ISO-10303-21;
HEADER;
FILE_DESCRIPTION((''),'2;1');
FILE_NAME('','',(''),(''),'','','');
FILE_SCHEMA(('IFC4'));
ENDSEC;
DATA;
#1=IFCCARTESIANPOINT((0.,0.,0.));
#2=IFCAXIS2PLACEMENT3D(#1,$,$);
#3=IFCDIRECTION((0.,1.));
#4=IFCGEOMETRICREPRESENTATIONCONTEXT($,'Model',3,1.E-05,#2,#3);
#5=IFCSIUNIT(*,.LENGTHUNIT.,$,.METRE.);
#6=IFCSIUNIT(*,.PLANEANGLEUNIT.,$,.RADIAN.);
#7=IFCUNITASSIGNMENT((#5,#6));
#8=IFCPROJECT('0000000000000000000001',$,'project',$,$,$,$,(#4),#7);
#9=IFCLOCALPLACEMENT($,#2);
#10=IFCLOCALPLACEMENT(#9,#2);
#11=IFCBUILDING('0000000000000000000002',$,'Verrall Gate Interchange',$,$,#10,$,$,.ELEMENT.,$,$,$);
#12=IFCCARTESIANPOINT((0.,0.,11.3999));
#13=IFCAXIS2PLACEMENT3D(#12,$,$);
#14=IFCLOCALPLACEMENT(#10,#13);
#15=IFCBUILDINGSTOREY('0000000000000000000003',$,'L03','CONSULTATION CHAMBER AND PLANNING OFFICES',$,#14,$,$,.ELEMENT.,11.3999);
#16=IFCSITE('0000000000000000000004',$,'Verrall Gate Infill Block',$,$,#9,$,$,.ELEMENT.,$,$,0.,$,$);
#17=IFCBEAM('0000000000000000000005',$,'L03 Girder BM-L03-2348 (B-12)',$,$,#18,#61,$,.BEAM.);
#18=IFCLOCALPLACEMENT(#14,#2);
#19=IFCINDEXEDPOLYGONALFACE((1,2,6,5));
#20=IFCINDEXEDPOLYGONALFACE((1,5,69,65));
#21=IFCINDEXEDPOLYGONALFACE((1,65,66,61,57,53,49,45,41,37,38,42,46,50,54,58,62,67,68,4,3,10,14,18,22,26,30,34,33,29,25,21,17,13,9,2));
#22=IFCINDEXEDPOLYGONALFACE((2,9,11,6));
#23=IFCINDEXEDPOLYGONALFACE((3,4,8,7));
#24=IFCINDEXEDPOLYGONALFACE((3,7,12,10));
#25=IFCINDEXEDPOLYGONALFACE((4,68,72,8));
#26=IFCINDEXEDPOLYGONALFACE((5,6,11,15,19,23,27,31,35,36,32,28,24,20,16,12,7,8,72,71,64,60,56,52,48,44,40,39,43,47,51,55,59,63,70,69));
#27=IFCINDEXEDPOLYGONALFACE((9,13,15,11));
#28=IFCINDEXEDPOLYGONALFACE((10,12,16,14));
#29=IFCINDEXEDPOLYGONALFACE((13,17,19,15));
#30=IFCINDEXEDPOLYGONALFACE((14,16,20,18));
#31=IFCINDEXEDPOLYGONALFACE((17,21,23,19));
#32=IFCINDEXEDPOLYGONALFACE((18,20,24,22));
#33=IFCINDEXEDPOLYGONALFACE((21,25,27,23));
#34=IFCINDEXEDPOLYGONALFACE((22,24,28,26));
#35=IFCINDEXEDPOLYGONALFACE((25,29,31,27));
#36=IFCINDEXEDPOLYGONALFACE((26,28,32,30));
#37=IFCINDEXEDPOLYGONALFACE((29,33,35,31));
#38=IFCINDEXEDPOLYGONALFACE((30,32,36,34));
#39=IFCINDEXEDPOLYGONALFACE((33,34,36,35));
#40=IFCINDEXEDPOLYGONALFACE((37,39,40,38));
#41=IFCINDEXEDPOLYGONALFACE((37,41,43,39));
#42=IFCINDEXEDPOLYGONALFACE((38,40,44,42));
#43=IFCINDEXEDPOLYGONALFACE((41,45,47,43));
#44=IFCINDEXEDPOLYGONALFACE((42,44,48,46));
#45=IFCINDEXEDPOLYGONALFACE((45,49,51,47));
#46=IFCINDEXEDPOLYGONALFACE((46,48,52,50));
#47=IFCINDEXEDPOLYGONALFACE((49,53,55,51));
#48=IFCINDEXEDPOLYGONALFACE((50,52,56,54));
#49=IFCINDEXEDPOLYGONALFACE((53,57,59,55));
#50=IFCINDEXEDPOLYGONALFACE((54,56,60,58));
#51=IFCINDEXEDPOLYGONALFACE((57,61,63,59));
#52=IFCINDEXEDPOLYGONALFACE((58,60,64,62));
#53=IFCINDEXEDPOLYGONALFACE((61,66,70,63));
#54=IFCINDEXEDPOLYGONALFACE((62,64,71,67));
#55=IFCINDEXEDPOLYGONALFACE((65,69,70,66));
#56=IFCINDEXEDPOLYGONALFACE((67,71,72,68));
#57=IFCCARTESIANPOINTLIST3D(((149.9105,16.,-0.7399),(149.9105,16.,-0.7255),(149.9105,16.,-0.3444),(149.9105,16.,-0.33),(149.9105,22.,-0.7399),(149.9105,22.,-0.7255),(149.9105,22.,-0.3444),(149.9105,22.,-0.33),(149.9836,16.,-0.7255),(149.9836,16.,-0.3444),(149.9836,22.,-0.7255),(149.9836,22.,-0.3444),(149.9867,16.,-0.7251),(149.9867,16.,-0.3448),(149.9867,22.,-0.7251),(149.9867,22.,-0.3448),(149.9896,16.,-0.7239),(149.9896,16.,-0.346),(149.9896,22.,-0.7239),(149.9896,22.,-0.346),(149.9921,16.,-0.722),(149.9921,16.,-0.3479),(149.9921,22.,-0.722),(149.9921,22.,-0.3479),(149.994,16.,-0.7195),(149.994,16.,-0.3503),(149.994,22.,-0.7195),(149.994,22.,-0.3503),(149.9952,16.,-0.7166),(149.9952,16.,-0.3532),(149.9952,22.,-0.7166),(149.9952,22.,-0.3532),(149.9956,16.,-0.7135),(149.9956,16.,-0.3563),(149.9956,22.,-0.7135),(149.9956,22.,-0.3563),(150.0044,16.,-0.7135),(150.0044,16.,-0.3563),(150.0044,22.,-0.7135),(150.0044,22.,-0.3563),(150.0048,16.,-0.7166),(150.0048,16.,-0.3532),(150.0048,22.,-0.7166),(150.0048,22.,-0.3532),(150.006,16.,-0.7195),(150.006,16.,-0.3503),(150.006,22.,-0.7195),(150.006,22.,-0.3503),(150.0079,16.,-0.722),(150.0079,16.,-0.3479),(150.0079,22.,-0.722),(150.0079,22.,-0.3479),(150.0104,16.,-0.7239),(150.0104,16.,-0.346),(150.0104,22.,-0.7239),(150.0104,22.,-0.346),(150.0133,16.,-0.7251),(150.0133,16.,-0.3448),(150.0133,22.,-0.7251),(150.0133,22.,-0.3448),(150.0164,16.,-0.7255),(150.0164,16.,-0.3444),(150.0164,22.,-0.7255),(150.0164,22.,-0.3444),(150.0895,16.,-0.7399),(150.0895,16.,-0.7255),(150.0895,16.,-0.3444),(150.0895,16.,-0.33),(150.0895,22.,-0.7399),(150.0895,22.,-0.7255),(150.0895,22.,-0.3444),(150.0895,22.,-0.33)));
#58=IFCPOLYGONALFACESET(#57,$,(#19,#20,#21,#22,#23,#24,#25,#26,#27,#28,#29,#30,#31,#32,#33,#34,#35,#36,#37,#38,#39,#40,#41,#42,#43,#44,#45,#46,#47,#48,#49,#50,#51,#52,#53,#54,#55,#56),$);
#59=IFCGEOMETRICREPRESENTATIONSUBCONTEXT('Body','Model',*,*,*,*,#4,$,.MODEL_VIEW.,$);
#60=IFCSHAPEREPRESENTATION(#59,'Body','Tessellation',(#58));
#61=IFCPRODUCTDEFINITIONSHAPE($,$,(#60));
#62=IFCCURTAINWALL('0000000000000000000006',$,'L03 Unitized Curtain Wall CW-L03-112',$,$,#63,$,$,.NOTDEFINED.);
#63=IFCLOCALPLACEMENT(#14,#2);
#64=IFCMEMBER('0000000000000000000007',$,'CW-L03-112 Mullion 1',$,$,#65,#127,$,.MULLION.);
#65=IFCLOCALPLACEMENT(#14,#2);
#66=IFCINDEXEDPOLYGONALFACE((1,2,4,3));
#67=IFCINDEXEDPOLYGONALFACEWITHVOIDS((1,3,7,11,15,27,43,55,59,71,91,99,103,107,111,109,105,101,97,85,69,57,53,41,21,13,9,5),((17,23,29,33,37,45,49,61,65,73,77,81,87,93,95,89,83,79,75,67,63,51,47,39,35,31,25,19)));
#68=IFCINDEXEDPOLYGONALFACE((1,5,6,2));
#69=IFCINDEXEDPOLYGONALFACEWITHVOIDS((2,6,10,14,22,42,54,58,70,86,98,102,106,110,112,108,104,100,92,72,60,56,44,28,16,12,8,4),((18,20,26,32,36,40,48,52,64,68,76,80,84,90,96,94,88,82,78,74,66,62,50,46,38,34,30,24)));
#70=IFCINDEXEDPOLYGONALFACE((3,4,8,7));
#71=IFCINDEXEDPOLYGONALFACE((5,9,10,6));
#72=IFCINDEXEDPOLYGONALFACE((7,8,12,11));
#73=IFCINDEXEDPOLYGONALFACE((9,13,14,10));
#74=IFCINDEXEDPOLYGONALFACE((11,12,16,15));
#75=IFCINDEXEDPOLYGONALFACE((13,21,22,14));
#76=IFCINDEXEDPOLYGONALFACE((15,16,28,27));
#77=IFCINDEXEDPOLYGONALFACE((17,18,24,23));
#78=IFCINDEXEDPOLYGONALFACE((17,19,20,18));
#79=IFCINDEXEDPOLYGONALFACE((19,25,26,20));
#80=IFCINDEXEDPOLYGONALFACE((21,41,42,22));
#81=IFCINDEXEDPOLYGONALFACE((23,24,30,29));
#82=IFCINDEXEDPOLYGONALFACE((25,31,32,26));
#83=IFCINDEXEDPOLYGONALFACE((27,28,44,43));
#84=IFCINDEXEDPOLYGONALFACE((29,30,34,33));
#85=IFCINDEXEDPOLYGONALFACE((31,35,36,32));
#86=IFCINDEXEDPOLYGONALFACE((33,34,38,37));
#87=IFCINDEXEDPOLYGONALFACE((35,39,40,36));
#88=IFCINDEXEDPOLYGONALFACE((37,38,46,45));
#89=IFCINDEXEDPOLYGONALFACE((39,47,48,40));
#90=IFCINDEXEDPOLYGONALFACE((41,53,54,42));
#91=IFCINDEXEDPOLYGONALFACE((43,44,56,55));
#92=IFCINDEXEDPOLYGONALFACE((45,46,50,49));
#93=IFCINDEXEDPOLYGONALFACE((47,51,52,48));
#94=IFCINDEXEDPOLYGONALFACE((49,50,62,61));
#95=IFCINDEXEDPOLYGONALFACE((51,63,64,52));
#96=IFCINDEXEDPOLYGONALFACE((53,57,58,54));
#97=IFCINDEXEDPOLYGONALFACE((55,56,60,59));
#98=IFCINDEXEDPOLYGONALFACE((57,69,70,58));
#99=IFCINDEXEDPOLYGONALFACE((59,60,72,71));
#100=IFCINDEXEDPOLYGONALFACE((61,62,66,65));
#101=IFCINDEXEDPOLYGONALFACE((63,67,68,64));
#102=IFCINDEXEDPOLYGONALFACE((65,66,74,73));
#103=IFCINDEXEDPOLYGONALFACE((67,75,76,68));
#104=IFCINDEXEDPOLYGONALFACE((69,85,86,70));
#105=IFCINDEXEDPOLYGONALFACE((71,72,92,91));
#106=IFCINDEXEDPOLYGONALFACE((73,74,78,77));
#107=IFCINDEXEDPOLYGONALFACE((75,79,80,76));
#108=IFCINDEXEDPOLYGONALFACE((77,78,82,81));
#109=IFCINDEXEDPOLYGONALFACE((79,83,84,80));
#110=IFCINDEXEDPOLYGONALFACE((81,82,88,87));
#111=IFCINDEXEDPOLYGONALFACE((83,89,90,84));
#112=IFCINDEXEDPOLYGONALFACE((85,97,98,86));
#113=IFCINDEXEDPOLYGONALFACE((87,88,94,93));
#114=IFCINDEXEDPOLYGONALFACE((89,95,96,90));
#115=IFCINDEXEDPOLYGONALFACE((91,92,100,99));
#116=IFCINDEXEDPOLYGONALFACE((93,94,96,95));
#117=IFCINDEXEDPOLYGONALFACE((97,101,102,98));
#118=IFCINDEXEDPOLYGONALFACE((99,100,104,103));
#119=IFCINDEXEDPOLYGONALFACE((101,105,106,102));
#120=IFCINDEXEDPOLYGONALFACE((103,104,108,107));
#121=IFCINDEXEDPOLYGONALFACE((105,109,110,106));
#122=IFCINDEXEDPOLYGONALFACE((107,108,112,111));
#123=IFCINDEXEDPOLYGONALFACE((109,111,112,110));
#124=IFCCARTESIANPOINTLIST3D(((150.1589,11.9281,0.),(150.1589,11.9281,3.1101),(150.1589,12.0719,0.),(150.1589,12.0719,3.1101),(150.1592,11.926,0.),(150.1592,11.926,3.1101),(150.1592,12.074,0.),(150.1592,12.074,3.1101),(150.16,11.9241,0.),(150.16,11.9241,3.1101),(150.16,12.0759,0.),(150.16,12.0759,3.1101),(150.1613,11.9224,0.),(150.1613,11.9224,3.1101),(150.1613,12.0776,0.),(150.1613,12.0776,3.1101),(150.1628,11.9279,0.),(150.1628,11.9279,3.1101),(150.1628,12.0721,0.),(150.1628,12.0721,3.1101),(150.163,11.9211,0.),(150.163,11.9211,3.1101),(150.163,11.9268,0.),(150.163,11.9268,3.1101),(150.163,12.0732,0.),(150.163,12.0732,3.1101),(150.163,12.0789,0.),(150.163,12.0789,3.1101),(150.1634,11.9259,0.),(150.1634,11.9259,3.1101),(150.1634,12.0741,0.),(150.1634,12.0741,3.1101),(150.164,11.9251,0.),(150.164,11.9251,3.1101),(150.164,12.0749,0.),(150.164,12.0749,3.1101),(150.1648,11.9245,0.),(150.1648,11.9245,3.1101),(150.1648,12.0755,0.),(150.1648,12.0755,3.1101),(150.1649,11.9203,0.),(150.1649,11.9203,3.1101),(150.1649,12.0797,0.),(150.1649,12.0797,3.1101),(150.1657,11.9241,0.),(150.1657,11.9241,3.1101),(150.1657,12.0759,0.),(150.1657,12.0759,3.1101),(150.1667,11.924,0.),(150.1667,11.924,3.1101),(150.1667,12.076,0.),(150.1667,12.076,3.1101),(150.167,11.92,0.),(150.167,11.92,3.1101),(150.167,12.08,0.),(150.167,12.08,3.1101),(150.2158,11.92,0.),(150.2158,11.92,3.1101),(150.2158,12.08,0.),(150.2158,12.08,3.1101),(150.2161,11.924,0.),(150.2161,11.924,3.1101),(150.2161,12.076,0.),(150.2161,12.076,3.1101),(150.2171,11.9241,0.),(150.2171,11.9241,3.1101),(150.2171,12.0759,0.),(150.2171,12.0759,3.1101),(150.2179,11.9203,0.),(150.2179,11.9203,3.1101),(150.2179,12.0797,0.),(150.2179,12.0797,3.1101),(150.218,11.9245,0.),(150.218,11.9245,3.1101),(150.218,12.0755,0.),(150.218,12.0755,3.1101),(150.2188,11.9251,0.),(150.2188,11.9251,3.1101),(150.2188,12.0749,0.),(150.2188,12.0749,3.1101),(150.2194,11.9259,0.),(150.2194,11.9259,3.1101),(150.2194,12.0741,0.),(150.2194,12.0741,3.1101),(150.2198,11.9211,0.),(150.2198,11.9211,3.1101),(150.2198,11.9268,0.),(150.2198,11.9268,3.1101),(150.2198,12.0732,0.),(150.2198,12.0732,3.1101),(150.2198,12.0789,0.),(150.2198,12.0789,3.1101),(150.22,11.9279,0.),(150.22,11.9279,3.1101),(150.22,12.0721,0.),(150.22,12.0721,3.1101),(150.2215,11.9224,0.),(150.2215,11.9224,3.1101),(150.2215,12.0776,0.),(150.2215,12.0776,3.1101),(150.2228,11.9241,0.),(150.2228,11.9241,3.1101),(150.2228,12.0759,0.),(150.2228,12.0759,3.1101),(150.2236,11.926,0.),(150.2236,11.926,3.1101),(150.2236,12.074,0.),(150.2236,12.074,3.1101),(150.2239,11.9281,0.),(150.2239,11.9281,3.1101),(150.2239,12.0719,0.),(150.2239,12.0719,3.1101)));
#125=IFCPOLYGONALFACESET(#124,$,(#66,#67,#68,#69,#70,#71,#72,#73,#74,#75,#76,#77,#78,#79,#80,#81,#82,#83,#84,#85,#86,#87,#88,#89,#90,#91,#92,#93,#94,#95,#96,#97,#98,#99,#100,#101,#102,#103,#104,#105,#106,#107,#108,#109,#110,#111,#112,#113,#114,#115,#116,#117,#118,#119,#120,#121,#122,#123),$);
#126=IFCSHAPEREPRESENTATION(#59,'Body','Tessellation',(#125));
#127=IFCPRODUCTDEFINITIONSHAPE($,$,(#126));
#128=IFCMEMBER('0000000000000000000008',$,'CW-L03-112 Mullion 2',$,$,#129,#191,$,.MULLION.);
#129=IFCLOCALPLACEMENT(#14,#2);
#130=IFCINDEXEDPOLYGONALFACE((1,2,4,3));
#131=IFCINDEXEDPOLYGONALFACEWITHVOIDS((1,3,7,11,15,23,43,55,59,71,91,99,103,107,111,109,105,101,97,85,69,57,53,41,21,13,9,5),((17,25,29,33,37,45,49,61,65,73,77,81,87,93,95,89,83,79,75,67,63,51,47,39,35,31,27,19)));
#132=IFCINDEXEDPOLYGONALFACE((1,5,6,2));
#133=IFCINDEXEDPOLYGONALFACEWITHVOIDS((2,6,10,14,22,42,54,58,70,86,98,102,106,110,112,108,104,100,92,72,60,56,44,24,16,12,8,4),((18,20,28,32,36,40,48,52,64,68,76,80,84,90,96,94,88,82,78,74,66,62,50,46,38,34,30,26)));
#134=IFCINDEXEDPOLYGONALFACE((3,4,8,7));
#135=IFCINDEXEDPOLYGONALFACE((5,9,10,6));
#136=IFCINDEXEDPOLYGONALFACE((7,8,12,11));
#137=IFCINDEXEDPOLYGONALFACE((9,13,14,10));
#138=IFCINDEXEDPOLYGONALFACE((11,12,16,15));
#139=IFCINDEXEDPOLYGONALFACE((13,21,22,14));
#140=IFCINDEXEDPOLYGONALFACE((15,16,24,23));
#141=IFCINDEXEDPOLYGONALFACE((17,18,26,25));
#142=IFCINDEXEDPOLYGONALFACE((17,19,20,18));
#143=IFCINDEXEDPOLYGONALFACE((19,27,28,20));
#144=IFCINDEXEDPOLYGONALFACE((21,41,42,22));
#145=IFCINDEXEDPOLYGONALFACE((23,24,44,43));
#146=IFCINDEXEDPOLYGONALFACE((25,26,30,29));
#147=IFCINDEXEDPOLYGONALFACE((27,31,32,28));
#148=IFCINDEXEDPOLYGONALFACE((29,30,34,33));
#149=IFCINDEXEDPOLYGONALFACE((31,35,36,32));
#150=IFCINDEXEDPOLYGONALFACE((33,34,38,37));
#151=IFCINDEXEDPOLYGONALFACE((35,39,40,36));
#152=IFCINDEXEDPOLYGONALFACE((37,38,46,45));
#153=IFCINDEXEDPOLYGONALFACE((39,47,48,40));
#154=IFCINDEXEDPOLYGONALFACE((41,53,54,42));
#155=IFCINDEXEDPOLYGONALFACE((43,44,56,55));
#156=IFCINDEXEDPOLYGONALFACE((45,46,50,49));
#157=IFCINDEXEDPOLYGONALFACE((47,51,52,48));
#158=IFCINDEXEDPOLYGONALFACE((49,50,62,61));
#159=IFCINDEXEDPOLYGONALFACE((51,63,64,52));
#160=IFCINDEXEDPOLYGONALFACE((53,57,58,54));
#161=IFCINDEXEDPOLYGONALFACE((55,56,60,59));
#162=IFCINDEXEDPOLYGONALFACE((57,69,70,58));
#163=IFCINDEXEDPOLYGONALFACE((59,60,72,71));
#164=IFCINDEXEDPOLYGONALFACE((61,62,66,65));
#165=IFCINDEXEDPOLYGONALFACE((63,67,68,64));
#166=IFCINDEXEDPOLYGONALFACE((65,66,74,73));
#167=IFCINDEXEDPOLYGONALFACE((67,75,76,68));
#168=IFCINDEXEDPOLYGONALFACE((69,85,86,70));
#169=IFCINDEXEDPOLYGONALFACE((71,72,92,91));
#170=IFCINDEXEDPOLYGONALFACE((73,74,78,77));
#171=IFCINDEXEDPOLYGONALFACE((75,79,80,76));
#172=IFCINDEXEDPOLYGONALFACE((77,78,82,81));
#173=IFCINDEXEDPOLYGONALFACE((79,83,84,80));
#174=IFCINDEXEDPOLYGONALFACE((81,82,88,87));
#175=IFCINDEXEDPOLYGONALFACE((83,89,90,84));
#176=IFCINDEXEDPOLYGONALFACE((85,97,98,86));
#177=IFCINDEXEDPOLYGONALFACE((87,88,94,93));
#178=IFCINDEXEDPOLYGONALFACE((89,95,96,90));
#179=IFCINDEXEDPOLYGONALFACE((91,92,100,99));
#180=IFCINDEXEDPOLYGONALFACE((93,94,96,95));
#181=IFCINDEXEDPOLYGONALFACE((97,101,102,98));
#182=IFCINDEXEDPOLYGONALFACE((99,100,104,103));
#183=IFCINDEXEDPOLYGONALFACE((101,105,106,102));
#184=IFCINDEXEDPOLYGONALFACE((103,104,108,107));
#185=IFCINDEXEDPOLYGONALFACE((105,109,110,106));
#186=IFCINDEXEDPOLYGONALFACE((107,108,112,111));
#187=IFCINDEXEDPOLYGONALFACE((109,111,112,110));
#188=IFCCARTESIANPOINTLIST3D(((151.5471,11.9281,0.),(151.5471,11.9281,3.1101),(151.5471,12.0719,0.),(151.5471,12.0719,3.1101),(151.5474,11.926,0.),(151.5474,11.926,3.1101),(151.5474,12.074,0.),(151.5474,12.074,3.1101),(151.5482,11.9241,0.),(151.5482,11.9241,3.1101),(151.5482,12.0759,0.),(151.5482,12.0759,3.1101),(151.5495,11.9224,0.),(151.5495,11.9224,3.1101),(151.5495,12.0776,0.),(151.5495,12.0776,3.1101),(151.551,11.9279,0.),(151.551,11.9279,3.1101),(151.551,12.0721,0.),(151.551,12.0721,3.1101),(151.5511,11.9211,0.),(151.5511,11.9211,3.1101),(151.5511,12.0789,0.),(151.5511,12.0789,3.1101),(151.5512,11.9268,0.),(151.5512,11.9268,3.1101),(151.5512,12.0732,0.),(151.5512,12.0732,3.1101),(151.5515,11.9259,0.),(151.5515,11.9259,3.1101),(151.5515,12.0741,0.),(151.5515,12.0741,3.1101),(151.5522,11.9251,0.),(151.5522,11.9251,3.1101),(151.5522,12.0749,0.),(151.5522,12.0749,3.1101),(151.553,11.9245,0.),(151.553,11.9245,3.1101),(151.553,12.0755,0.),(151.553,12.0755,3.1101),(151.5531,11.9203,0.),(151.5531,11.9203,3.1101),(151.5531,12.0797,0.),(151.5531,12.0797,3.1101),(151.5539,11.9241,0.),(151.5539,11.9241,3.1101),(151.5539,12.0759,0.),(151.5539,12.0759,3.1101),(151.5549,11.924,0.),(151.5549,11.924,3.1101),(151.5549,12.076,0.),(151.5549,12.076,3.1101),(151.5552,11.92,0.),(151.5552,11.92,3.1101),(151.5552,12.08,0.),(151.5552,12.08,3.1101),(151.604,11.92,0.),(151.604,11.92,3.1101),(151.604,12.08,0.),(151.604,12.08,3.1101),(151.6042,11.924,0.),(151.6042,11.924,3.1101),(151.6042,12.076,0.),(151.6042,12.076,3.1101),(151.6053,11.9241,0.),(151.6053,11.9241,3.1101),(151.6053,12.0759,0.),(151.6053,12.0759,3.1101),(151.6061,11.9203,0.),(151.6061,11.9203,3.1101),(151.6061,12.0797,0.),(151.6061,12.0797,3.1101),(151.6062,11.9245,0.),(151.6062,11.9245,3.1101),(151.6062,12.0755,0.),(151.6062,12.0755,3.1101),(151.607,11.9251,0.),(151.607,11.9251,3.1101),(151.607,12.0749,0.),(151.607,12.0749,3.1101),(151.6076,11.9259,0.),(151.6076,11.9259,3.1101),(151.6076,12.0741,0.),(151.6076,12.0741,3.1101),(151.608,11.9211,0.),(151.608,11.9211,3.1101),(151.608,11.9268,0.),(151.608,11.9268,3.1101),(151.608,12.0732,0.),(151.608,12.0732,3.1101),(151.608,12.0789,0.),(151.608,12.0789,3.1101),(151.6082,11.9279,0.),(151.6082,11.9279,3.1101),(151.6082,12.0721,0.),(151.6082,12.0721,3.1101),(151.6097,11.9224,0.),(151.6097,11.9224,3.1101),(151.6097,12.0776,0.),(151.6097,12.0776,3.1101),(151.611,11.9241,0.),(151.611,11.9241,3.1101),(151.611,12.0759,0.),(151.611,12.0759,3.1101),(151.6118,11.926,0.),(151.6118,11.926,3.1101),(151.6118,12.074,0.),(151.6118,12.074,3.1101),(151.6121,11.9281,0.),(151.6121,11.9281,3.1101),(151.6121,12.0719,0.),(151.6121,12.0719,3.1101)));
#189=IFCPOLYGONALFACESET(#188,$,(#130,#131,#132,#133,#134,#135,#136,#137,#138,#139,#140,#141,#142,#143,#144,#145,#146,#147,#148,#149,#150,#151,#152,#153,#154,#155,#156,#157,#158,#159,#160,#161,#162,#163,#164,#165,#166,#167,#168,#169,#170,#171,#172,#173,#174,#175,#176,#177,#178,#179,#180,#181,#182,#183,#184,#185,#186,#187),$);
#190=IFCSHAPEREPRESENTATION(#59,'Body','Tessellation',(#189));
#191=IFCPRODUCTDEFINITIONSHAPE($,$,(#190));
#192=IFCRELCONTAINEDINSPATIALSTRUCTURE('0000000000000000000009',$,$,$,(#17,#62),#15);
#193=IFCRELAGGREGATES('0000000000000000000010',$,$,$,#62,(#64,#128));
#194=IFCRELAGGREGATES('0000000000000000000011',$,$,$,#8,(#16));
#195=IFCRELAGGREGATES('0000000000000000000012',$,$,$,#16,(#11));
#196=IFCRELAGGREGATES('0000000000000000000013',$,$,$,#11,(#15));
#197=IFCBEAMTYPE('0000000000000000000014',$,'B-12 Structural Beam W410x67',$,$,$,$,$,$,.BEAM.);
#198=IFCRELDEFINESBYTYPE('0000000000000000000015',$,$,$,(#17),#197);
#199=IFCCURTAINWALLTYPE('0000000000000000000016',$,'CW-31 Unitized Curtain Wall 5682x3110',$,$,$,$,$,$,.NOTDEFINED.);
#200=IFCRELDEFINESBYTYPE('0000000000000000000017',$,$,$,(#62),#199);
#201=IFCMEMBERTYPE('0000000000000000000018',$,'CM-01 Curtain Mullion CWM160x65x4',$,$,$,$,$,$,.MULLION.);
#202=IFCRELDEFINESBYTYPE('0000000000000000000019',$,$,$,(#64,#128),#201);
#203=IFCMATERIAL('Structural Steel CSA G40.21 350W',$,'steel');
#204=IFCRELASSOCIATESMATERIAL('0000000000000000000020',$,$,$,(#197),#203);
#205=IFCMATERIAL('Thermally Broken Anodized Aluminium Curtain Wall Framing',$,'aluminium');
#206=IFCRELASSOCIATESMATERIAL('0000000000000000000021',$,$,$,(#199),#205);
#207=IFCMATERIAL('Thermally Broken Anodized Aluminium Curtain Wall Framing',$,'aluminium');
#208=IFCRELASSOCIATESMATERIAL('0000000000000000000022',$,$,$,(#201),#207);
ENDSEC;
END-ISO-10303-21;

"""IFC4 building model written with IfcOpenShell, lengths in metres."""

from ifc_helpers import new_model, si_unit, direction, frame, origin, origin_2d, place, context, subcontext, project, spatial, hollow_rectangle, i_section, extrude, material, material_profile, profile_set, type_object, element, aggregate, save


model = new_model("IFC4")

# Units and contexts
model_context = context("Model", 3, precision=1e-05, world=origin(), true_north=direction((0.0, 1.0)))
body_context = subcontext(model_context, "Body", "Model", "MODEL_VIEW")
ifc_project = project(units=[si_unit("LENGTHUNIT", "METRE"), si_unit("PLANEANGLEUNIT", "RADIAN")], contexts=[model_context])

# Site, building, storey
site_placement = place(None, origin())
site = spatial("IfcSite", under=ifc_project, at=site_placement, Name="Verrall Gate Infill Block", CompositionType="ELEMENT", RefElevation=0.0)
building_placement = place(site_placement, origin())
building = spatial("IfcBuilding", under=site, at=building_placement, Name="Verrall Gate Interchange", CompositionType="ELEMENT")
storey_placement = place(building_placement, frame((0.0, 0.0, 11.3999)))
storey = spatial("IfcBuildingStorey", under=building, at=storey_placement, Name="L03", Description="CONSULTATION CHAMBER AND PLANNING OFFICES", CompositionType="ELEMENT", Elevation=11.3999)

# Beam
ifc_material_1 = material(Name="Structural Steel CSA G40.21 350W", Category="steel")
ifc_material_profile_1 = material_profile(ifc_material_1, i_section(OverallWidth=0.179, OverallDepth=0.4099, WebThickness=0.0088, FlangeThickness=0.0144, FilletRadius=0.012, at=origin_2d()), Name="W410x67")
ifc_profile_set_1 = profile_set([ifc_material_profile_1], Name="Structural Steel CSA G40.21 350W")
beam_type_1 = type_object("IfcBeamType", Name="B-12 Structural Beam W410x67", PredefinedType="BEAM", material=ifc_profile_set_1)
beam_1_placement = place(storey_placement, frame((150.0, 16.0, -0.5349), z_axis=(0.0, 1.0, 0.0), x_axis=(-1.0, 0.0, 0.0)))
element("IfcBeam", 1, at=beam_1_placement, inside=storey, type_object=beam_type_1, Name="L03 Girder BM-L03-2348 (B-12)", PredefinedType="BEAM", context=body_context, shape_type="SweptSolid", body=[
    extrude(i_section(OverallWidth=0.179, OverallDepth=0.4099, WebThickness=0.0088, FlangeThickness=0.0144, FilletRadius=0.012, at=origin_2d()), origin(), (0.0, 0.0, 1.0), 6.0),
])

# Curtain wall, members
ifc_material_2 = material(Name="Thermally Broken Anodized Aluminium Curtain Wall Framing", Category="aluminium")
curtain_wall_type = type_object("IfcCurtainWallType", Name="CW-31 Unitized Curtain Wall 5682x3110", PredefinedType="NOTDEFINED", material=ifc_material_2)
curtain_wall_placement = place(storey_placement, origin())
curtain_wall = element("IfcCurtainWall", 2, at=curtain_wall_placement, inside=storey, type_object=curtain_wall_type, Name="L03 Unitized Curtain Wall CW-L03-112", PredefinedType="NOTDEFINED")
ifc_material_3 = material(Name="Thermally Broken Anodized Aluminium Curtain Wall Framing", Category="aluminium")
ifc_material_profile_2 = material_profile(ifc_material_3, hollow_rectangle(XDim=0.0649, YDim=0.1599, WallThickness=0.0039, InnerFilletRadius=0.0039, OuterFilletRadius=0.0081, at=origin_2d()), Name="CWM160x65x4")
ifc_profile_set_2 = profile_set([ifc_material_profile_2], Name="Thermally Broken Anodized Aluminium Curtain Wall Framing")
member_type_1 = type_object("IfcMemberType", Name="CM-01 Curtain Mullion CWM160x65x4", PredefinedType="MULLION", material=ifc_profile_set_2)
member_1_placement = place(storey_placement, frame((150.1914, 12.0, 0.0), z_axis=(0.0, 0.0, 1.0), x_axis=(1.0, 0.0, 0.0)))
member_1 = element("IfcMember", 3, at=member_1_placement, type_object=member_type_1, Name="CW-L03-112 Mullion 1", PredefinedType="MULLION", context=body_context, shape_type="SweptSolid", body=[
    extrude(hollow_rectangle(XDim=0.0649, YDim=0.1599, WallThickness=0.0039, InnerFilletRadius=0.0039, OuterFilletRadius=0.0081, at=origin_2d()), origin(), (0.0, 0.0, 1.0), 3.1101),
])
member_2_placement = place(storey_placement, frame((151.5796, 12.0, 0.0), z_axis=(0.0, 0.0, 1.0), x_axis=(1.0, 0.0, 0.0)))
member_2 = element("IfcMember", 4, at=member_2_placement, type_object=member_type_1, Name="CW-L03-112 Mullion 2", PredefinedType="MULLION", context=body_context, shape_type="SweptSolid", body=[
    extrude(hollow_rectangle(XDim=0.0649, YDim=0.1599, WallThickness=0.0039, InnerFilletRadius=0.0039, OuterFilletRadius=0.0081, at=origin_2d()), origin(), (0.0, 0.0, 1.0), 3.1101),
])

aggregate(curtain_wall, [member_1, member_2])

save(model, "model.ifc")
